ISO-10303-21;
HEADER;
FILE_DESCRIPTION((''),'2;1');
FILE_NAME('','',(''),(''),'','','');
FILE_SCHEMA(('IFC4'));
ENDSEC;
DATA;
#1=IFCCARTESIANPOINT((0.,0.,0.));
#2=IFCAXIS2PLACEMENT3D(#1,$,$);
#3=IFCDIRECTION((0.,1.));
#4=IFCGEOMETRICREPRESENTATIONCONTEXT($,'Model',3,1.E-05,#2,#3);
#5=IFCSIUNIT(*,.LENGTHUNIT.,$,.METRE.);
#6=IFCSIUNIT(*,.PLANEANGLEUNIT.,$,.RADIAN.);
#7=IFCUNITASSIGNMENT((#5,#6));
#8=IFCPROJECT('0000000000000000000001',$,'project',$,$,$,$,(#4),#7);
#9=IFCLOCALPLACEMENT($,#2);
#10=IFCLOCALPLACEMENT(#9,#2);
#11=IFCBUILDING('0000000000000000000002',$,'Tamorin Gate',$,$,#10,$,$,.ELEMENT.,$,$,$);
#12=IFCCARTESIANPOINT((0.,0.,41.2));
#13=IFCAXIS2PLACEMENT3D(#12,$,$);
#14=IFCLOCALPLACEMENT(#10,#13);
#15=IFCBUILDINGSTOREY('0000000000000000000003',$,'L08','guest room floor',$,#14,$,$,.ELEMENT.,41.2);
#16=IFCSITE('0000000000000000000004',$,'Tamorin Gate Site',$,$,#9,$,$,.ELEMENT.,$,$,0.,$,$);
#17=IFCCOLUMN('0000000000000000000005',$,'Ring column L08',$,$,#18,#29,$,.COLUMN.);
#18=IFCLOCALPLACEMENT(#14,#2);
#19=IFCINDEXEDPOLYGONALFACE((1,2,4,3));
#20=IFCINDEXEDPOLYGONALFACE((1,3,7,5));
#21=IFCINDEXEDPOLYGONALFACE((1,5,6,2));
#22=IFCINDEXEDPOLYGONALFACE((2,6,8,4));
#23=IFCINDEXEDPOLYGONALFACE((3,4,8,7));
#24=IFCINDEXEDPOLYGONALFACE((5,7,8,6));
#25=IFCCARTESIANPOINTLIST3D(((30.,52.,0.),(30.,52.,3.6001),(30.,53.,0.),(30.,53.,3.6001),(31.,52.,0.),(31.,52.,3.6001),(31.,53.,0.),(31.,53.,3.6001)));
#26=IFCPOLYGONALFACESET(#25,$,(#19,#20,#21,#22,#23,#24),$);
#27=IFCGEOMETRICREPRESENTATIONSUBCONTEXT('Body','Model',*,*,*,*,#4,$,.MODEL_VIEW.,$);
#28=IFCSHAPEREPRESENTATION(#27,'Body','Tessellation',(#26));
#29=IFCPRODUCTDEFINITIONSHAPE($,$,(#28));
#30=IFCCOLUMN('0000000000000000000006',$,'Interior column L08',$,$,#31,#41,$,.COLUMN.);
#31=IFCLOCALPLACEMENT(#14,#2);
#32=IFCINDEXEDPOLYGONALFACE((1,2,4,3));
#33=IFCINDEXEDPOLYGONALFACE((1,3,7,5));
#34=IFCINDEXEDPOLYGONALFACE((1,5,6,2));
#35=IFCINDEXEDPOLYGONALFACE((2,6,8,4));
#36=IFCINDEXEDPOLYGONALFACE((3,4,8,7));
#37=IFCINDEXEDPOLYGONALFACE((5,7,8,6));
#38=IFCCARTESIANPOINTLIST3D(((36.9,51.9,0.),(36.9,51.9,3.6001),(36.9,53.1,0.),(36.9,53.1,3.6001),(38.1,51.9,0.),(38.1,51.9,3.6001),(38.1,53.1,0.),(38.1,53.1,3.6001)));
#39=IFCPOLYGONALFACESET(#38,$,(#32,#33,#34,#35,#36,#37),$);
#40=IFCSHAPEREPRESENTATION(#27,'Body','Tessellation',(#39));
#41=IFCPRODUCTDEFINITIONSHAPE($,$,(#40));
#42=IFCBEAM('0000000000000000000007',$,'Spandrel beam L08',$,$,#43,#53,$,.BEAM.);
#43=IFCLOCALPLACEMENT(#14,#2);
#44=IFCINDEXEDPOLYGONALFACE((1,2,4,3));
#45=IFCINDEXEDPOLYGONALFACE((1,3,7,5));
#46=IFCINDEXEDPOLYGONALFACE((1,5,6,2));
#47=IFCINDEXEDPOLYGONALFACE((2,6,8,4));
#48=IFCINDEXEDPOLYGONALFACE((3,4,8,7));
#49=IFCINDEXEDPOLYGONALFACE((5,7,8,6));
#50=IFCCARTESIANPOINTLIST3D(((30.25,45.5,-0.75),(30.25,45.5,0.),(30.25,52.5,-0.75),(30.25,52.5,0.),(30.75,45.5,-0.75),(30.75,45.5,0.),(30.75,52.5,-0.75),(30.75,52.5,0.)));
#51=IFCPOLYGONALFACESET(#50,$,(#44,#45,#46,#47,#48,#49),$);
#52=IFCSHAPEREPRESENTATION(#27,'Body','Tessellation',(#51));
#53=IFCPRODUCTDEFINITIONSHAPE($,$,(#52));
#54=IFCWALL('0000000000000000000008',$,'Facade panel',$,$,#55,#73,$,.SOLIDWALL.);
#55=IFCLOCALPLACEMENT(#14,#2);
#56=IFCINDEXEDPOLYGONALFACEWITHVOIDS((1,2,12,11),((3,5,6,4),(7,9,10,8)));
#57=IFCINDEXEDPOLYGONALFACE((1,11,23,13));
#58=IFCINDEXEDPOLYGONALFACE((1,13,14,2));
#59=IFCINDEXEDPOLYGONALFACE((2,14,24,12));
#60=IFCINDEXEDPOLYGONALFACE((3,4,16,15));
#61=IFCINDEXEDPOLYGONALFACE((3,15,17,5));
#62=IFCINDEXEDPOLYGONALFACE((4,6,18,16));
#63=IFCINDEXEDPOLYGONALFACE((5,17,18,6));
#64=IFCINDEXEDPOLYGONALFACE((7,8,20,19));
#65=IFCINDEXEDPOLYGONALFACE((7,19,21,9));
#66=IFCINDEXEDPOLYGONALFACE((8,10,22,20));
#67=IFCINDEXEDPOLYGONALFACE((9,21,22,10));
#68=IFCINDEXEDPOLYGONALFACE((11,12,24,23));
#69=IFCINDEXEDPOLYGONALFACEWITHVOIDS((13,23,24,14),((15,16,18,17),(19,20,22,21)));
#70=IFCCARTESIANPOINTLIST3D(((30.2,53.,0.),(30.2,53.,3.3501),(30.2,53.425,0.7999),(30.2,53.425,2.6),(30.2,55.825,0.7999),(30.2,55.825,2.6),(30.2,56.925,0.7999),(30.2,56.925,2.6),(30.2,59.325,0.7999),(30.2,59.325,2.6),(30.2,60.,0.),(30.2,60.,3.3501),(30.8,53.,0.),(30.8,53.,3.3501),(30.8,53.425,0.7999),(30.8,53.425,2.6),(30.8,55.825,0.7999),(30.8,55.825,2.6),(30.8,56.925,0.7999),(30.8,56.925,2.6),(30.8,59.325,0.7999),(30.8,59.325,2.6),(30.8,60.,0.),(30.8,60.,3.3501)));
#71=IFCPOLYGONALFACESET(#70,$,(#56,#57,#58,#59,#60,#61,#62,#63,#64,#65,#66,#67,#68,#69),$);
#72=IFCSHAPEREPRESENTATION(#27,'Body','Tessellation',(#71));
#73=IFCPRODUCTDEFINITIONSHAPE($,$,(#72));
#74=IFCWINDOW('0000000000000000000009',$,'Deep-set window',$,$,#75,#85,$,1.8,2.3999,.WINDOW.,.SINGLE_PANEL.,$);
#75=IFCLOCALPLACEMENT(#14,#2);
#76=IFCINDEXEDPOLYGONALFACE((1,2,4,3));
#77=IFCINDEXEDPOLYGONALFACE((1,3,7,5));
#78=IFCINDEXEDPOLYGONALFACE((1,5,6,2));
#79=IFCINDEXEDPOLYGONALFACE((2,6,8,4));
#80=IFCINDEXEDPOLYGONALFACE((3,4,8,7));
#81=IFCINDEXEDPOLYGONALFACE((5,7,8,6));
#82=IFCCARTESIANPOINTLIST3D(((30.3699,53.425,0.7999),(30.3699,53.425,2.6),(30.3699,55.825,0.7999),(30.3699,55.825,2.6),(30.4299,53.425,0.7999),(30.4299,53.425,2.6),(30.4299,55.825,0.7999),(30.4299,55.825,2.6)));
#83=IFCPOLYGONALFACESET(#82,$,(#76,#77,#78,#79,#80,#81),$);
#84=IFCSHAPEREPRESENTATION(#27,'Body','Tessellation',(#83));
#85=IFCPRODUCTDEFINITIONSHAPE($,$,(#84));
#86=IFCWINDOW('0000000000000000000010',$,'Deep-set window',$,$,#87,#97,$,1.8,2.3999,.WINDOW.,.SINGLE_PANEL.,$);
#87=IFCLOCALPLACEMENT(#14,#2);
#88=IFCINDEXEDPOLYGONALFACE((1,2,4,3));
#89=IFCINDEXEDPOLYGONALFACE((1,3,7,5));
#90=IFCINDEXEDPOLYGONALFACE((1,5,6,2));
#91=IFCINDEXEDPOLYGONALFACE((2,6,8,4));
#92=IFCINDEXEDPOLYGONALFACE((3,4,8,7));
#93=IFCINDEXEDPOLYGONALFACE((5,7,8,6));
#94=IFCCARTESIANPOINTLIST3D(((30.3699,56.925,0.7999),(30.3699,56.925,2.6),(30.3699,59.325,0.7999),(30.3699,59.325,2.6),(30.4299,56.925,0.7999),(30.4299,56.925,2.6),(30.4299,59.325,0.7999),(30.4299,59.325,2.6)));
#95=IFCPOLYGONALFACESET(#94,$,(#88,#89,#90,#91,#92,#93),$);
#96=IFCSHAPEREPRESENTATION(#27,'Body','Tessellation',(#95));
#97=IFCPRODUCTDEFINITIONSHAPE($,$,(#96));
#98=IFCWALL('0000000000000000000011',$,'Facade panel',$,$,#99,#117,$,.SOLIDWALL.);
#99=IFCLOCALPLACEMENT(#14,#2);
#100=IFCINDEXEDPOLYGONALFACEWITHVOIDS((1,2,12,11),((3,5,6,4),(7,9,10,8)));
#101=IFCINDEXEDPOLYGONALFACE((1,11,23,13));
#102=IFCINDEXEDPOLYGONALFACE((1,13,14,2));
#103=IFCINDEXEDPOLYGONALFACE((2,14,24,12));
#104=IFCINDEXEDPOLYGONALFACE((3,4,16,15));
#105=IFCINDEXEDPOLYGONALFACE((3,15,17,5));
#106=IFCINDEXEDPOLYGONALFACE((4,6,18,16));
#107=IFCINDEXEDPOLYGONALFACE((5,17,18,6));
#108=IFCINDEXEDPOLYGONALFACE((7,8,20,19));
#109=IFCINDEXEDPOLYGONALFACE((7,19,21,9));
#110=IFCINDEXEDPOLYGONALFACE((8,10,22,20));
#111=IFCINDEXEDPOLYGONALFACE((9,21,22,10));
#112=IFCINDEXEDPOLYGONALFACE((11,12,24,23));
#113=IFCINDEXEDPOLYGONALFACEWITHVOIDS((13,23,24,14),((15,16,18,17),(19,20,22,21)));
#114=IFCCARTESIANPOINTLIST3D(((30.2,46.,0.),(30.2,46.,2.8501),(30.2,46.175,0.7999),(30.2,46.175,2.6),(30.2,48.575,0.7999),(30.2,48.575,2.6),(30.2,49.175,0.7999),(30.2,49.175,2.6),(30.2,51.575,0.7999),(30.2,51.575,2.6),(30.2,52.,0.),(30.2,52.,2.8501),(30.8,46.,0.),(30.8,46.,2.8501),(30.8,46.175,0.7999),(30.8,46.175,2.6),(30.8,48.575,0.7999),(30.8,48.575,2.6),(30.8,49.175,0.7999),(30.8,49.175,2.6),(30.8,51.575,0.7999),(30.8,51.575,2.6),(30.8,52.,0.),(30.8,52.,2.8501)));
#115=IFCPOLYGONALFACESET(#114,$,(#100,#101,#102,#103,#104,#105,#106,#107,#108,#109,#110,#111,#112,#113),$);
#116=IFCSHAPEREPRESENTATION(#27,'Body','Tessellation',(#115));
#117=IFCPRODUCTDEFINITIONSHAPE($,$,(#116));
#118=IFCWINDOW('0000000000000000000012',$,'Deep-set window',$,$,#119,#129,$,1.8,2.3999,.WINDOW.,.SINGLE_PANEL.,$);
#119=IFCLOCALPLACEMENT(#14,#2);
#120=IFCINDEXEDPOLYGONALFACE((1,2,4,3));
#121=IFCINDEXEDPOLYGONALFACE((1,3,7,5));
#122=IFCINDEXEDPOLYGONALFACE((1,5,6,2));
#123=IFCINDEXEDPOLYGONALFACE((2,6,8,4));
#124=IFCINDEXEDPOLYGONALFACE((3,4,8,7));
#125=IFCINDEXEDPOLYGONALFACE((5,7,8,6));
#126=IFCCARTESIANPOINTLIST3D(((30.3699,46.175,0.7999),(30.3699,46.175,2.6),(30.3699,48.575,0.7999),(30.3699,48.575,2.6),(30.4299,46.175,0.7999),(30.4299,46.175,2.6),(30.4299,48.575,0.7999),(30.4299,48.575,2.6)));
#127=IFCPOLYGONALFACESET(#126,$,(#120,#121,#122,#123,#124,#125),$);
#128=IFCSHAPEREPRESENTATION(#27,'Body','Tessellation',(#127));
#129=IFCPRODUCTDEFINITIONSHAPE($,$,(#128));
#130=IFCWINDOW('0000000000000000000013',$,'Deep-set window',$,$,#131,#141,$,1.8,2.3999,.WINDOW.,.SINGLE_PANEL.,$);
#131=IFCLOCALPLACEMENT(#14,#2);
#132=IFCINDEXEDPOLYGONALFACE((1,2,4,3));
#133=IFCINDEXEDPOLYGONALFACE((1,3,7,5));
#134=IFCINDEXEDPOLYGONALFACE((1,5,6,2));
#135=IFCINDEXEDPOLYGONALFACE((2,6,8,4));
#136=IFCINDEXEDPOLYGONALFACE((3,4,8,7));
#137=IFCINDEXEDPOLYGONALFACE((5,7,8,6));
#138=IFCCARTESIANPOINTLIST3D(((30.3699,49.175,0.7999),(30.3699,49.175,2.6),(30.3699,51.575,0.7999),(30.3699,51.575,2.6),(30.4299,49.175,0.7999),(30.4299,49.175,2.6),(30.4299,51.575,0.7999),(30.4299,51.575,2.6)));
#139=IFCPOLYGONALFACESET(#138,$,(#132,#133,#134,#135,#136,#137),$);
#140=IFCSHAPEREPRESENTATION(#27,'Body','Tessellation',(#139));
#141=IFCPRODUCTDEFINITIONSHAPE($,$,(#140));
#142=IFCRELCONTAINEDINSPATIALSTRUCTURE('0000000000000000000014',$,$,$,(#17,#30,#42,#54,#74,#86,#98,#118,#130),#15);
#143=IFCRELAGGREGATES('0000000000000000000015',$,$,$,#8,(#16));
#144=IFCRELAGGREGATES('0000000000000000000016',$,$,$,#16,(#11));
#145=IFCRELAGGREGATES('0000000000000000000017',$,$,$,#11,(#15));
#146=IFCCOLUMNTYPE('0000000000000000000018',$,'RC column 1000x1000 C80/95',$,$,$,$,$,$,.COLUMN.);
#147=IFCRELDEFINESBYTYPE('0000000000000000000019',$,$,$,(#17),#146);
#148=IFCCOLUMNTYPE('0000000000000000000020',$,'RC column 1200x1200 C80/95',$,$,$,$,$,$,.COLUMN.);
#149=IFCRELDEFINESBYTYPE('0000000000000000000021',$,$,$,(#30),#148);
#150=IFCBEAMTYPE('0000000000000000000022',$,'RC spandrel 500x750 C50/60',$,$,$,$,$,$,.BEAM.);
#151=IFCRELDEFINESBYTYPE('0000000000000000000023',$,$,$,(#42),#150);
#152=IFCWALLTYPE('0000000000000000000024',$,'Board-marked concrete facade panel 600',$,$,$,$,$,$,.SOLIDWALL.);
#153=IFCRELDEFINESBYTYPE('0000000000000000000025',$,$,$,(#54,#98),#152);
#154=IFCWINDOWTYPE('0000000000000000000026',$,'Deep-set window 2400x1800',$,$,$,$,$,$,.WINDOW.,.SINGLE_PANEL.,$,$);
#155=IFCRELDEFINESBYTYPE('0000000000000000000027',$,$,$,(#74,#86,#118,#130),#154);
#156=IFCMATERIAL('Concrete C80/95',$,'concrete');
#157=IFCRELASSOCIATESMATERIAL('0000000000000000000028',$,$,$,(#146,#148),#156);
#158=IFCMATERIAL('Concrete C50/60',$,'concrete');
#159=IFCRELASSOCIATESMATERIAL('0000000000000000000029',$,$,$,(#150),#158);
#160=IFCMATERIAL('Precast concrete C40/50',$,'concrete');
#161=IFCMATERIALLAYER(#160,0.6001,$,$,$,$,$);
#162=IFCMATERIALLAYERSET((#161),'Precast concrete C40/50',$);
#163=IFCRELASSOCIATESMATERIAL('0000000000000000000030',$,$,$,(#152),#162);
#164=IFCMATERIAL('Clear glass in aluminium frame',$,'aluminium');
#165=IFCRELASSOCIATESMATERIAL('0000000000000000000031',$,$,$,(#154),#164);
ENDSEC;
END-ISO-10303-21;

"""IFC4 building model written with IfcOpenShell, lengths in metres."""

from ifc_helpers import new_model, si_unit, direction, frame, frame_2d, origin, origin_2d, place, context, subcontext, project, spatial, rectangle, extrude, material, layer, layer_set, material_profile, profile_set, type_object, element, fill, save


model = new_model("IFC4")

# Units and contexts
model_context = context("Model", 3, precision=1e-05, world=origin(), true_north=direction((0.0, 1.0)))
body_context = subcontext(model_context, "Body", "Model", "MODEL_VIEW")
ifc_project = project(units=[si_unit("LENGTHUNIT", "METRE"), si_unit("PLANEANGLEUNIT", "RADIAN")], contexts=[model_context])

# Site, building, storey
site_placement = place(None, origin())
site = spatial("IfcSite", under=ifc_project, at=site_placement, Name="Tamorin Gate Site", CompositionType="ELEMENT", RefElevation=0.0)
building_placement = place(site_placement, origin())
building = spatial("IfcBuilding", under=site, at=building_placement, Name="Tamorin Gate", CompositionType="ELEMENT")
storey_placement = place(building_placement, frame((0.0, 0.0, 41.2)))
storey = spatial("IfcBuildingStorey", under=building, at=storey_placement, Name="L08", Description="guest room floor", CompositionType="ELEMENT", Elevation=41.2)

# Columns
ifc_material_1 = material(Name="Concrete C80/95", Category="concrete")
ifc_material_profile_1 = material_profile(ifc_material_1, rectangle(XDim=1.0, YDim=1.0, at=origin_2d()), Name="RC 1000x1000")
ifc_profile_set_1 = profile_set([ifc_material_profile_1], Name="Concrete C80/95")
column_type_1 = type_object("IfcColumnType", Name="RC column 1000x1000 C80/95", PredefinedType="COLUMN", material=ifc_profile_set_1)
column_1_placement = place(storey_placement, frame((30.5, 52.5, 0.0), z_axis=(0.0, 0.0, 1.0), x_axis=(1.0, 0.0, 0.0)))
element("IfcColumn", 1, at=column_1_placement, inside=storey, type_object=column_type_1, Name="Ring column L08", PredefinedType="COLUMN", context=body_context, shape_type="SweptSolid", body=[
    extrude(rectangle(XDim=1.0, YDim=1.0, at=origin_2d()), origin(), (0.0, 0.0, 1.0), 3.6001),
])
ifc_material_profile_2 = material_profile(ifc_material_1, rectangle(XDim=1.2, YDim=1.2, at=origin_2d()), Name="RC 1200x1200")
ifc_profile_set_2 = profile_set([ifc_material_profile_2], Name="Concrete C80/95")
column_type_2 = type_object("IfcColumnType", Name="RC column 1200x1200 C80/95", PredefinedType="COLUMN", material=ifc_profile_set_2)
column_2_placement = place(storey_placement, frame((37.5, 52.5, 0.0), z_axis=(0.0, 0.0, 1.0), x_axis=(1.0, 0.0, 0.0)))
element("IfcColumn", 2, at=column_2_placement, inside=storey, type_object=column_type_2, Name="Interior column L08", PredefinedType="COLUMN", context=body_context, shape_type="SweptSolid", body=[
    extrude(rectangle(XDim=1.2, YDim=1.2, at=origin_2d()), origin(), (0.0, 0.0, 1.0), 3.6001),
])

# Beam
ifc_material_2 = material(Name="Concrete C50/60", Category="concrete")
ifc_material_profile_3 = material_profile(ifc_material_2, rectangle(XDim=0.5, YDim=0.75, at=origin_2d()), Name="RC 500x750")
ifc_profile_set_3 = profile_set([ifc_material_profile_3], Name="Concrete C50/60")
beam_type = type_object("IfcBeamType", Name="RC spandrel 500x750 C50/60", PredefinedType="BEAM", material=ifc_profile_set_3)
beam_placement = place(storey_placement, frame((30.5, 52.5, -0.375), z_axis=(0.0, -1.0, 0.0), x_axis=(1.0, 0.0, 0.0)))
element("IfcBeam", 3, at=beam_placement, inside=storey, type_object=beam_type, Name="Spandrel beam L08", PredefinedType="BEAM", context=body_context, shape_type="SweptSolid", body=[
    extrude(rectangle(XDim=0.5, YDim=0.75, at=origin_2d()), origin(), (0.0, 0.0, 1.0), 7.0),
])

# Walls, openings, windows
ifc_material_3 = material(Name="Precast concrete C40/50", Category="concrete")
ifc_layer_1 = layer(ifc_material_3, 0.6001)
ifc_layer_set_1 = layer_set([ifc_layer_1], Name="Precast concrete C40/50")
wall_type_1 = type_object("IfcWallType", Name="Board-marked concrete facade panel 600", PredefinedType="SOLIDWALL", material=ifc_layer_set_1)
wall_1_placement = place(storey_placement, frame((30.5, 60.0, 0.0), z_axis=(0.0, 0.0, 1.0), x_axis=(0.0, -1.0, 0.0)))
wall_1 = element("IfcWall", 4, at=wall_1_placement, inside=storey, type_object=wall_type_1, Name="Facade panel", PredefinedType="SOLIDWALL", context=body_context, shape_type="SweptSolid", body=[
    extrude(rectangle(XDim=7.0, YDim=0.6001, at=frame_2d((3.5, 0.0))), origin(), (0.0, 0.0, 1.0), 3.3501),
])
opening_1_placement = place(wall_1_placement, frame((4.175, 0.0, 0.8)))
opening_1 = element("IfcOpeningElement", 5, at=opening_1_placement, cuts=wall_1, PredefinedType="OPENING", context=body_context, shape_type="SweptSolid", body=[
    extrude(rectangle(XDim=2.3999, YDim=1.8, at=frame_2d((1.2, 0.8999))), frame((0.0, 0.3101, 0.0), z_axis=(0.0, -1.0, 0.0), x_axis=(1.0, 0.0, 0.0)), (0.0, 0.0, 1.0), 0.6201),
])
opening_2_placement = place(wall_1_placement, frame((0.675, 0.0, 0.8)))
opening_2 = element("IfcOpeningElement", 6, at=opening_2_placement, cuts=wall_1, PredefinedType="OPENING", context=body_context, shape_type="SweptSolid", body=[
    extrude(rectangle(XDim=2.3999, YDim=1.8, at=frame_2d((1.2, 0.8999))), frame((0.0, 0.3101, 0.0), z_axis=(0.0, -1.0, 0.0), x_axis=(1.0, 0.0, 0.0)), (0.0, 0.0, 1.0), 0.6201),
])
ifc_material_4 = material(Name="Clear glass in aluminium frame", Category="aluminium")
window_type = type_object("IfcWindowType", Name="Deep-set window 2400x1800", PartitioningType="SINGLE_PANEL", PredefinedType="WINDOW", material=ifc_material_4)
window_1_placement = place(opening_1_placement, origin())
window_1 = element("IfcWindow", 7, at=window_1_placement, inside=storey, type_object=window_type, Name="Deep-set window", OverallHeight=1.8, OverallWidth=2.3999, PartitioningType="SINGLE_PANEL", PredefinedType="WINDOW", context=body_context, shape_type="SweptSolid", body=[
    extrude(rectangle(XDim=2.3999, YDim=1.8, at=frame_2d((1.2, 0.8999))), frame((0.0, -0.0701, 0.0), z_axis=(0.0, -1.0, 0.0), x_axis=(1.0, 0.0, 0.0)), (0.0, 0.0, 1.0), 0.0601),
])
fill(opening_1, window_1)
window_2_placement = place(opening_2_placement, origin())
window_2 = element("IfcWindow", 8, at=window_2_placement, inside=storey, type_object=window_type, Name="Deep-set window", OverallHeight=1.8, OverallWidth=2.3999, PartitioningType="SINGLE_PANEL", PredefinedType="WINDOW", context=body_context, shape_type="SweptSolid", body=[
    extrude(rectangle(XDim=2.3999, YDim=1.8, at=frame_2d((1.2, 0.8999))), frame((0.0, -0.0701, 0.0), z_axis=(0.0, -1.0, 0.0), x_axis=(1.0, 0.0, 0.0)), (0.0, 0.0, 1.0), 0.0601),
])
fill(opening_2, window_2)
wall_2_placement = place(storey_placement, frame((30.5, 52.0, 0.0), z_axis=(0.0, 0.0, 1.0), x_axis=(0.0, -1.0, 0.0)))
wall_2 = element("IfcWall", 9, at=wall_2_placement, inside=storey, type_object=wall_type_1, Name="Facade panel", PredefinedType="SOLIDWALL", context=body_context, shape_type="SweptSolid", body=[
    extrude(rectangle(XDim=6.0, YDim=0.6001, at=frame_2d((3.0, 0.0))), origin(), (0.0, 0.0, 1.0), 2.8501),
])
opening_3_placement = place(wall_2_placement, frame((3.425, 0.0, 0.8)))
opening_3 = element("IfcOpeningElement", 10, at=opening_3_placement, cuts=wall_2, PredefinedType="OPENING", context=body_context, shape_type="SweptSolid", body=[
    extrude(rectangle(XDim=2.3999, YDim=1.8, at=frame_2d((1.2, 0.8999))), frame((0.0, 0.3101, 0.0), z_axis=(0.0, -1.0, 0.0), x_axis=(1.0, 0.0, 0.0)), (0.0, 0.0, 1.0), 0.6201),
])
opening_4_placement = place(wall_2_placement, frame((0.425, 0.0, 0.8)))
opening_4 = element("IfcOpeningElement", 11, at=opening_4_placement, cuts=wall_2, PredefinedType="OPENING", context=body_context, shape_type="SweptSolid", body=[
    extrude(rectangle(XDim=2.3999, YDim=1.8, at=frame_2d((1.2, 0.8999))), frame((0.0, 0.3101, 0.0), z_axis=(0.0, -1.0, 0.0), x_axis=(1.0, 0.0, 0.0)), (0.0, 0.0, 1.0), 0.6201),
])
window_3_placement = place(opening_3_placement, origin())
window_3 = element("IfcWindow", 12, at=window_3_placement, inside=storey, type_object=window_type, Name="Deep-set window", OverallHeight=1.8, OverallWidth=2.3999, PartitioningType="SINGLE_PANEL", PredefinedType="WINDOW", context=body_context, shape_type="SweptSolid", body=[
    extrude(rectangle(XDim=2.3999, YDim=1.8, at=frame_2d((1.2, 0.8999))), frame((0.0, -0.0701, 0.0), z_axis=(0.0, -1.0, 0.0), x_axis=(1.0, 0.0, 0.0)), (0.0, 0.0, 1.0), 0.0601),
])
fill(opening_3, window_3)
window_4_placement = place(opening_4_placement, origin())
window_4 = element("IfcWindow", 13, at=window_4_placement, inside=storey, type_object=window_type, Name="Deep-set window", OverallHeight=1.8, OverallWidth=2.3999, PartitioningType="SINGLE_PANEL", PredefinedType="WINDOW", context=body_context, shape_type="SweptSolid", body=[
    extrude(rectangle(XDim=2.3999, YDim=1.8, at=frame_2d((1.2, 0.8999))), frame((0.0, -0.0701, 0.0), z_axis=(0.0, -1.0, 0.0), x_axis=(1.0, 0.0, 0.0)), (0.0, 0.0, 1.0), 0.0601),
])
fill(opening_4, window_4)

save(model, "model.ifc")
